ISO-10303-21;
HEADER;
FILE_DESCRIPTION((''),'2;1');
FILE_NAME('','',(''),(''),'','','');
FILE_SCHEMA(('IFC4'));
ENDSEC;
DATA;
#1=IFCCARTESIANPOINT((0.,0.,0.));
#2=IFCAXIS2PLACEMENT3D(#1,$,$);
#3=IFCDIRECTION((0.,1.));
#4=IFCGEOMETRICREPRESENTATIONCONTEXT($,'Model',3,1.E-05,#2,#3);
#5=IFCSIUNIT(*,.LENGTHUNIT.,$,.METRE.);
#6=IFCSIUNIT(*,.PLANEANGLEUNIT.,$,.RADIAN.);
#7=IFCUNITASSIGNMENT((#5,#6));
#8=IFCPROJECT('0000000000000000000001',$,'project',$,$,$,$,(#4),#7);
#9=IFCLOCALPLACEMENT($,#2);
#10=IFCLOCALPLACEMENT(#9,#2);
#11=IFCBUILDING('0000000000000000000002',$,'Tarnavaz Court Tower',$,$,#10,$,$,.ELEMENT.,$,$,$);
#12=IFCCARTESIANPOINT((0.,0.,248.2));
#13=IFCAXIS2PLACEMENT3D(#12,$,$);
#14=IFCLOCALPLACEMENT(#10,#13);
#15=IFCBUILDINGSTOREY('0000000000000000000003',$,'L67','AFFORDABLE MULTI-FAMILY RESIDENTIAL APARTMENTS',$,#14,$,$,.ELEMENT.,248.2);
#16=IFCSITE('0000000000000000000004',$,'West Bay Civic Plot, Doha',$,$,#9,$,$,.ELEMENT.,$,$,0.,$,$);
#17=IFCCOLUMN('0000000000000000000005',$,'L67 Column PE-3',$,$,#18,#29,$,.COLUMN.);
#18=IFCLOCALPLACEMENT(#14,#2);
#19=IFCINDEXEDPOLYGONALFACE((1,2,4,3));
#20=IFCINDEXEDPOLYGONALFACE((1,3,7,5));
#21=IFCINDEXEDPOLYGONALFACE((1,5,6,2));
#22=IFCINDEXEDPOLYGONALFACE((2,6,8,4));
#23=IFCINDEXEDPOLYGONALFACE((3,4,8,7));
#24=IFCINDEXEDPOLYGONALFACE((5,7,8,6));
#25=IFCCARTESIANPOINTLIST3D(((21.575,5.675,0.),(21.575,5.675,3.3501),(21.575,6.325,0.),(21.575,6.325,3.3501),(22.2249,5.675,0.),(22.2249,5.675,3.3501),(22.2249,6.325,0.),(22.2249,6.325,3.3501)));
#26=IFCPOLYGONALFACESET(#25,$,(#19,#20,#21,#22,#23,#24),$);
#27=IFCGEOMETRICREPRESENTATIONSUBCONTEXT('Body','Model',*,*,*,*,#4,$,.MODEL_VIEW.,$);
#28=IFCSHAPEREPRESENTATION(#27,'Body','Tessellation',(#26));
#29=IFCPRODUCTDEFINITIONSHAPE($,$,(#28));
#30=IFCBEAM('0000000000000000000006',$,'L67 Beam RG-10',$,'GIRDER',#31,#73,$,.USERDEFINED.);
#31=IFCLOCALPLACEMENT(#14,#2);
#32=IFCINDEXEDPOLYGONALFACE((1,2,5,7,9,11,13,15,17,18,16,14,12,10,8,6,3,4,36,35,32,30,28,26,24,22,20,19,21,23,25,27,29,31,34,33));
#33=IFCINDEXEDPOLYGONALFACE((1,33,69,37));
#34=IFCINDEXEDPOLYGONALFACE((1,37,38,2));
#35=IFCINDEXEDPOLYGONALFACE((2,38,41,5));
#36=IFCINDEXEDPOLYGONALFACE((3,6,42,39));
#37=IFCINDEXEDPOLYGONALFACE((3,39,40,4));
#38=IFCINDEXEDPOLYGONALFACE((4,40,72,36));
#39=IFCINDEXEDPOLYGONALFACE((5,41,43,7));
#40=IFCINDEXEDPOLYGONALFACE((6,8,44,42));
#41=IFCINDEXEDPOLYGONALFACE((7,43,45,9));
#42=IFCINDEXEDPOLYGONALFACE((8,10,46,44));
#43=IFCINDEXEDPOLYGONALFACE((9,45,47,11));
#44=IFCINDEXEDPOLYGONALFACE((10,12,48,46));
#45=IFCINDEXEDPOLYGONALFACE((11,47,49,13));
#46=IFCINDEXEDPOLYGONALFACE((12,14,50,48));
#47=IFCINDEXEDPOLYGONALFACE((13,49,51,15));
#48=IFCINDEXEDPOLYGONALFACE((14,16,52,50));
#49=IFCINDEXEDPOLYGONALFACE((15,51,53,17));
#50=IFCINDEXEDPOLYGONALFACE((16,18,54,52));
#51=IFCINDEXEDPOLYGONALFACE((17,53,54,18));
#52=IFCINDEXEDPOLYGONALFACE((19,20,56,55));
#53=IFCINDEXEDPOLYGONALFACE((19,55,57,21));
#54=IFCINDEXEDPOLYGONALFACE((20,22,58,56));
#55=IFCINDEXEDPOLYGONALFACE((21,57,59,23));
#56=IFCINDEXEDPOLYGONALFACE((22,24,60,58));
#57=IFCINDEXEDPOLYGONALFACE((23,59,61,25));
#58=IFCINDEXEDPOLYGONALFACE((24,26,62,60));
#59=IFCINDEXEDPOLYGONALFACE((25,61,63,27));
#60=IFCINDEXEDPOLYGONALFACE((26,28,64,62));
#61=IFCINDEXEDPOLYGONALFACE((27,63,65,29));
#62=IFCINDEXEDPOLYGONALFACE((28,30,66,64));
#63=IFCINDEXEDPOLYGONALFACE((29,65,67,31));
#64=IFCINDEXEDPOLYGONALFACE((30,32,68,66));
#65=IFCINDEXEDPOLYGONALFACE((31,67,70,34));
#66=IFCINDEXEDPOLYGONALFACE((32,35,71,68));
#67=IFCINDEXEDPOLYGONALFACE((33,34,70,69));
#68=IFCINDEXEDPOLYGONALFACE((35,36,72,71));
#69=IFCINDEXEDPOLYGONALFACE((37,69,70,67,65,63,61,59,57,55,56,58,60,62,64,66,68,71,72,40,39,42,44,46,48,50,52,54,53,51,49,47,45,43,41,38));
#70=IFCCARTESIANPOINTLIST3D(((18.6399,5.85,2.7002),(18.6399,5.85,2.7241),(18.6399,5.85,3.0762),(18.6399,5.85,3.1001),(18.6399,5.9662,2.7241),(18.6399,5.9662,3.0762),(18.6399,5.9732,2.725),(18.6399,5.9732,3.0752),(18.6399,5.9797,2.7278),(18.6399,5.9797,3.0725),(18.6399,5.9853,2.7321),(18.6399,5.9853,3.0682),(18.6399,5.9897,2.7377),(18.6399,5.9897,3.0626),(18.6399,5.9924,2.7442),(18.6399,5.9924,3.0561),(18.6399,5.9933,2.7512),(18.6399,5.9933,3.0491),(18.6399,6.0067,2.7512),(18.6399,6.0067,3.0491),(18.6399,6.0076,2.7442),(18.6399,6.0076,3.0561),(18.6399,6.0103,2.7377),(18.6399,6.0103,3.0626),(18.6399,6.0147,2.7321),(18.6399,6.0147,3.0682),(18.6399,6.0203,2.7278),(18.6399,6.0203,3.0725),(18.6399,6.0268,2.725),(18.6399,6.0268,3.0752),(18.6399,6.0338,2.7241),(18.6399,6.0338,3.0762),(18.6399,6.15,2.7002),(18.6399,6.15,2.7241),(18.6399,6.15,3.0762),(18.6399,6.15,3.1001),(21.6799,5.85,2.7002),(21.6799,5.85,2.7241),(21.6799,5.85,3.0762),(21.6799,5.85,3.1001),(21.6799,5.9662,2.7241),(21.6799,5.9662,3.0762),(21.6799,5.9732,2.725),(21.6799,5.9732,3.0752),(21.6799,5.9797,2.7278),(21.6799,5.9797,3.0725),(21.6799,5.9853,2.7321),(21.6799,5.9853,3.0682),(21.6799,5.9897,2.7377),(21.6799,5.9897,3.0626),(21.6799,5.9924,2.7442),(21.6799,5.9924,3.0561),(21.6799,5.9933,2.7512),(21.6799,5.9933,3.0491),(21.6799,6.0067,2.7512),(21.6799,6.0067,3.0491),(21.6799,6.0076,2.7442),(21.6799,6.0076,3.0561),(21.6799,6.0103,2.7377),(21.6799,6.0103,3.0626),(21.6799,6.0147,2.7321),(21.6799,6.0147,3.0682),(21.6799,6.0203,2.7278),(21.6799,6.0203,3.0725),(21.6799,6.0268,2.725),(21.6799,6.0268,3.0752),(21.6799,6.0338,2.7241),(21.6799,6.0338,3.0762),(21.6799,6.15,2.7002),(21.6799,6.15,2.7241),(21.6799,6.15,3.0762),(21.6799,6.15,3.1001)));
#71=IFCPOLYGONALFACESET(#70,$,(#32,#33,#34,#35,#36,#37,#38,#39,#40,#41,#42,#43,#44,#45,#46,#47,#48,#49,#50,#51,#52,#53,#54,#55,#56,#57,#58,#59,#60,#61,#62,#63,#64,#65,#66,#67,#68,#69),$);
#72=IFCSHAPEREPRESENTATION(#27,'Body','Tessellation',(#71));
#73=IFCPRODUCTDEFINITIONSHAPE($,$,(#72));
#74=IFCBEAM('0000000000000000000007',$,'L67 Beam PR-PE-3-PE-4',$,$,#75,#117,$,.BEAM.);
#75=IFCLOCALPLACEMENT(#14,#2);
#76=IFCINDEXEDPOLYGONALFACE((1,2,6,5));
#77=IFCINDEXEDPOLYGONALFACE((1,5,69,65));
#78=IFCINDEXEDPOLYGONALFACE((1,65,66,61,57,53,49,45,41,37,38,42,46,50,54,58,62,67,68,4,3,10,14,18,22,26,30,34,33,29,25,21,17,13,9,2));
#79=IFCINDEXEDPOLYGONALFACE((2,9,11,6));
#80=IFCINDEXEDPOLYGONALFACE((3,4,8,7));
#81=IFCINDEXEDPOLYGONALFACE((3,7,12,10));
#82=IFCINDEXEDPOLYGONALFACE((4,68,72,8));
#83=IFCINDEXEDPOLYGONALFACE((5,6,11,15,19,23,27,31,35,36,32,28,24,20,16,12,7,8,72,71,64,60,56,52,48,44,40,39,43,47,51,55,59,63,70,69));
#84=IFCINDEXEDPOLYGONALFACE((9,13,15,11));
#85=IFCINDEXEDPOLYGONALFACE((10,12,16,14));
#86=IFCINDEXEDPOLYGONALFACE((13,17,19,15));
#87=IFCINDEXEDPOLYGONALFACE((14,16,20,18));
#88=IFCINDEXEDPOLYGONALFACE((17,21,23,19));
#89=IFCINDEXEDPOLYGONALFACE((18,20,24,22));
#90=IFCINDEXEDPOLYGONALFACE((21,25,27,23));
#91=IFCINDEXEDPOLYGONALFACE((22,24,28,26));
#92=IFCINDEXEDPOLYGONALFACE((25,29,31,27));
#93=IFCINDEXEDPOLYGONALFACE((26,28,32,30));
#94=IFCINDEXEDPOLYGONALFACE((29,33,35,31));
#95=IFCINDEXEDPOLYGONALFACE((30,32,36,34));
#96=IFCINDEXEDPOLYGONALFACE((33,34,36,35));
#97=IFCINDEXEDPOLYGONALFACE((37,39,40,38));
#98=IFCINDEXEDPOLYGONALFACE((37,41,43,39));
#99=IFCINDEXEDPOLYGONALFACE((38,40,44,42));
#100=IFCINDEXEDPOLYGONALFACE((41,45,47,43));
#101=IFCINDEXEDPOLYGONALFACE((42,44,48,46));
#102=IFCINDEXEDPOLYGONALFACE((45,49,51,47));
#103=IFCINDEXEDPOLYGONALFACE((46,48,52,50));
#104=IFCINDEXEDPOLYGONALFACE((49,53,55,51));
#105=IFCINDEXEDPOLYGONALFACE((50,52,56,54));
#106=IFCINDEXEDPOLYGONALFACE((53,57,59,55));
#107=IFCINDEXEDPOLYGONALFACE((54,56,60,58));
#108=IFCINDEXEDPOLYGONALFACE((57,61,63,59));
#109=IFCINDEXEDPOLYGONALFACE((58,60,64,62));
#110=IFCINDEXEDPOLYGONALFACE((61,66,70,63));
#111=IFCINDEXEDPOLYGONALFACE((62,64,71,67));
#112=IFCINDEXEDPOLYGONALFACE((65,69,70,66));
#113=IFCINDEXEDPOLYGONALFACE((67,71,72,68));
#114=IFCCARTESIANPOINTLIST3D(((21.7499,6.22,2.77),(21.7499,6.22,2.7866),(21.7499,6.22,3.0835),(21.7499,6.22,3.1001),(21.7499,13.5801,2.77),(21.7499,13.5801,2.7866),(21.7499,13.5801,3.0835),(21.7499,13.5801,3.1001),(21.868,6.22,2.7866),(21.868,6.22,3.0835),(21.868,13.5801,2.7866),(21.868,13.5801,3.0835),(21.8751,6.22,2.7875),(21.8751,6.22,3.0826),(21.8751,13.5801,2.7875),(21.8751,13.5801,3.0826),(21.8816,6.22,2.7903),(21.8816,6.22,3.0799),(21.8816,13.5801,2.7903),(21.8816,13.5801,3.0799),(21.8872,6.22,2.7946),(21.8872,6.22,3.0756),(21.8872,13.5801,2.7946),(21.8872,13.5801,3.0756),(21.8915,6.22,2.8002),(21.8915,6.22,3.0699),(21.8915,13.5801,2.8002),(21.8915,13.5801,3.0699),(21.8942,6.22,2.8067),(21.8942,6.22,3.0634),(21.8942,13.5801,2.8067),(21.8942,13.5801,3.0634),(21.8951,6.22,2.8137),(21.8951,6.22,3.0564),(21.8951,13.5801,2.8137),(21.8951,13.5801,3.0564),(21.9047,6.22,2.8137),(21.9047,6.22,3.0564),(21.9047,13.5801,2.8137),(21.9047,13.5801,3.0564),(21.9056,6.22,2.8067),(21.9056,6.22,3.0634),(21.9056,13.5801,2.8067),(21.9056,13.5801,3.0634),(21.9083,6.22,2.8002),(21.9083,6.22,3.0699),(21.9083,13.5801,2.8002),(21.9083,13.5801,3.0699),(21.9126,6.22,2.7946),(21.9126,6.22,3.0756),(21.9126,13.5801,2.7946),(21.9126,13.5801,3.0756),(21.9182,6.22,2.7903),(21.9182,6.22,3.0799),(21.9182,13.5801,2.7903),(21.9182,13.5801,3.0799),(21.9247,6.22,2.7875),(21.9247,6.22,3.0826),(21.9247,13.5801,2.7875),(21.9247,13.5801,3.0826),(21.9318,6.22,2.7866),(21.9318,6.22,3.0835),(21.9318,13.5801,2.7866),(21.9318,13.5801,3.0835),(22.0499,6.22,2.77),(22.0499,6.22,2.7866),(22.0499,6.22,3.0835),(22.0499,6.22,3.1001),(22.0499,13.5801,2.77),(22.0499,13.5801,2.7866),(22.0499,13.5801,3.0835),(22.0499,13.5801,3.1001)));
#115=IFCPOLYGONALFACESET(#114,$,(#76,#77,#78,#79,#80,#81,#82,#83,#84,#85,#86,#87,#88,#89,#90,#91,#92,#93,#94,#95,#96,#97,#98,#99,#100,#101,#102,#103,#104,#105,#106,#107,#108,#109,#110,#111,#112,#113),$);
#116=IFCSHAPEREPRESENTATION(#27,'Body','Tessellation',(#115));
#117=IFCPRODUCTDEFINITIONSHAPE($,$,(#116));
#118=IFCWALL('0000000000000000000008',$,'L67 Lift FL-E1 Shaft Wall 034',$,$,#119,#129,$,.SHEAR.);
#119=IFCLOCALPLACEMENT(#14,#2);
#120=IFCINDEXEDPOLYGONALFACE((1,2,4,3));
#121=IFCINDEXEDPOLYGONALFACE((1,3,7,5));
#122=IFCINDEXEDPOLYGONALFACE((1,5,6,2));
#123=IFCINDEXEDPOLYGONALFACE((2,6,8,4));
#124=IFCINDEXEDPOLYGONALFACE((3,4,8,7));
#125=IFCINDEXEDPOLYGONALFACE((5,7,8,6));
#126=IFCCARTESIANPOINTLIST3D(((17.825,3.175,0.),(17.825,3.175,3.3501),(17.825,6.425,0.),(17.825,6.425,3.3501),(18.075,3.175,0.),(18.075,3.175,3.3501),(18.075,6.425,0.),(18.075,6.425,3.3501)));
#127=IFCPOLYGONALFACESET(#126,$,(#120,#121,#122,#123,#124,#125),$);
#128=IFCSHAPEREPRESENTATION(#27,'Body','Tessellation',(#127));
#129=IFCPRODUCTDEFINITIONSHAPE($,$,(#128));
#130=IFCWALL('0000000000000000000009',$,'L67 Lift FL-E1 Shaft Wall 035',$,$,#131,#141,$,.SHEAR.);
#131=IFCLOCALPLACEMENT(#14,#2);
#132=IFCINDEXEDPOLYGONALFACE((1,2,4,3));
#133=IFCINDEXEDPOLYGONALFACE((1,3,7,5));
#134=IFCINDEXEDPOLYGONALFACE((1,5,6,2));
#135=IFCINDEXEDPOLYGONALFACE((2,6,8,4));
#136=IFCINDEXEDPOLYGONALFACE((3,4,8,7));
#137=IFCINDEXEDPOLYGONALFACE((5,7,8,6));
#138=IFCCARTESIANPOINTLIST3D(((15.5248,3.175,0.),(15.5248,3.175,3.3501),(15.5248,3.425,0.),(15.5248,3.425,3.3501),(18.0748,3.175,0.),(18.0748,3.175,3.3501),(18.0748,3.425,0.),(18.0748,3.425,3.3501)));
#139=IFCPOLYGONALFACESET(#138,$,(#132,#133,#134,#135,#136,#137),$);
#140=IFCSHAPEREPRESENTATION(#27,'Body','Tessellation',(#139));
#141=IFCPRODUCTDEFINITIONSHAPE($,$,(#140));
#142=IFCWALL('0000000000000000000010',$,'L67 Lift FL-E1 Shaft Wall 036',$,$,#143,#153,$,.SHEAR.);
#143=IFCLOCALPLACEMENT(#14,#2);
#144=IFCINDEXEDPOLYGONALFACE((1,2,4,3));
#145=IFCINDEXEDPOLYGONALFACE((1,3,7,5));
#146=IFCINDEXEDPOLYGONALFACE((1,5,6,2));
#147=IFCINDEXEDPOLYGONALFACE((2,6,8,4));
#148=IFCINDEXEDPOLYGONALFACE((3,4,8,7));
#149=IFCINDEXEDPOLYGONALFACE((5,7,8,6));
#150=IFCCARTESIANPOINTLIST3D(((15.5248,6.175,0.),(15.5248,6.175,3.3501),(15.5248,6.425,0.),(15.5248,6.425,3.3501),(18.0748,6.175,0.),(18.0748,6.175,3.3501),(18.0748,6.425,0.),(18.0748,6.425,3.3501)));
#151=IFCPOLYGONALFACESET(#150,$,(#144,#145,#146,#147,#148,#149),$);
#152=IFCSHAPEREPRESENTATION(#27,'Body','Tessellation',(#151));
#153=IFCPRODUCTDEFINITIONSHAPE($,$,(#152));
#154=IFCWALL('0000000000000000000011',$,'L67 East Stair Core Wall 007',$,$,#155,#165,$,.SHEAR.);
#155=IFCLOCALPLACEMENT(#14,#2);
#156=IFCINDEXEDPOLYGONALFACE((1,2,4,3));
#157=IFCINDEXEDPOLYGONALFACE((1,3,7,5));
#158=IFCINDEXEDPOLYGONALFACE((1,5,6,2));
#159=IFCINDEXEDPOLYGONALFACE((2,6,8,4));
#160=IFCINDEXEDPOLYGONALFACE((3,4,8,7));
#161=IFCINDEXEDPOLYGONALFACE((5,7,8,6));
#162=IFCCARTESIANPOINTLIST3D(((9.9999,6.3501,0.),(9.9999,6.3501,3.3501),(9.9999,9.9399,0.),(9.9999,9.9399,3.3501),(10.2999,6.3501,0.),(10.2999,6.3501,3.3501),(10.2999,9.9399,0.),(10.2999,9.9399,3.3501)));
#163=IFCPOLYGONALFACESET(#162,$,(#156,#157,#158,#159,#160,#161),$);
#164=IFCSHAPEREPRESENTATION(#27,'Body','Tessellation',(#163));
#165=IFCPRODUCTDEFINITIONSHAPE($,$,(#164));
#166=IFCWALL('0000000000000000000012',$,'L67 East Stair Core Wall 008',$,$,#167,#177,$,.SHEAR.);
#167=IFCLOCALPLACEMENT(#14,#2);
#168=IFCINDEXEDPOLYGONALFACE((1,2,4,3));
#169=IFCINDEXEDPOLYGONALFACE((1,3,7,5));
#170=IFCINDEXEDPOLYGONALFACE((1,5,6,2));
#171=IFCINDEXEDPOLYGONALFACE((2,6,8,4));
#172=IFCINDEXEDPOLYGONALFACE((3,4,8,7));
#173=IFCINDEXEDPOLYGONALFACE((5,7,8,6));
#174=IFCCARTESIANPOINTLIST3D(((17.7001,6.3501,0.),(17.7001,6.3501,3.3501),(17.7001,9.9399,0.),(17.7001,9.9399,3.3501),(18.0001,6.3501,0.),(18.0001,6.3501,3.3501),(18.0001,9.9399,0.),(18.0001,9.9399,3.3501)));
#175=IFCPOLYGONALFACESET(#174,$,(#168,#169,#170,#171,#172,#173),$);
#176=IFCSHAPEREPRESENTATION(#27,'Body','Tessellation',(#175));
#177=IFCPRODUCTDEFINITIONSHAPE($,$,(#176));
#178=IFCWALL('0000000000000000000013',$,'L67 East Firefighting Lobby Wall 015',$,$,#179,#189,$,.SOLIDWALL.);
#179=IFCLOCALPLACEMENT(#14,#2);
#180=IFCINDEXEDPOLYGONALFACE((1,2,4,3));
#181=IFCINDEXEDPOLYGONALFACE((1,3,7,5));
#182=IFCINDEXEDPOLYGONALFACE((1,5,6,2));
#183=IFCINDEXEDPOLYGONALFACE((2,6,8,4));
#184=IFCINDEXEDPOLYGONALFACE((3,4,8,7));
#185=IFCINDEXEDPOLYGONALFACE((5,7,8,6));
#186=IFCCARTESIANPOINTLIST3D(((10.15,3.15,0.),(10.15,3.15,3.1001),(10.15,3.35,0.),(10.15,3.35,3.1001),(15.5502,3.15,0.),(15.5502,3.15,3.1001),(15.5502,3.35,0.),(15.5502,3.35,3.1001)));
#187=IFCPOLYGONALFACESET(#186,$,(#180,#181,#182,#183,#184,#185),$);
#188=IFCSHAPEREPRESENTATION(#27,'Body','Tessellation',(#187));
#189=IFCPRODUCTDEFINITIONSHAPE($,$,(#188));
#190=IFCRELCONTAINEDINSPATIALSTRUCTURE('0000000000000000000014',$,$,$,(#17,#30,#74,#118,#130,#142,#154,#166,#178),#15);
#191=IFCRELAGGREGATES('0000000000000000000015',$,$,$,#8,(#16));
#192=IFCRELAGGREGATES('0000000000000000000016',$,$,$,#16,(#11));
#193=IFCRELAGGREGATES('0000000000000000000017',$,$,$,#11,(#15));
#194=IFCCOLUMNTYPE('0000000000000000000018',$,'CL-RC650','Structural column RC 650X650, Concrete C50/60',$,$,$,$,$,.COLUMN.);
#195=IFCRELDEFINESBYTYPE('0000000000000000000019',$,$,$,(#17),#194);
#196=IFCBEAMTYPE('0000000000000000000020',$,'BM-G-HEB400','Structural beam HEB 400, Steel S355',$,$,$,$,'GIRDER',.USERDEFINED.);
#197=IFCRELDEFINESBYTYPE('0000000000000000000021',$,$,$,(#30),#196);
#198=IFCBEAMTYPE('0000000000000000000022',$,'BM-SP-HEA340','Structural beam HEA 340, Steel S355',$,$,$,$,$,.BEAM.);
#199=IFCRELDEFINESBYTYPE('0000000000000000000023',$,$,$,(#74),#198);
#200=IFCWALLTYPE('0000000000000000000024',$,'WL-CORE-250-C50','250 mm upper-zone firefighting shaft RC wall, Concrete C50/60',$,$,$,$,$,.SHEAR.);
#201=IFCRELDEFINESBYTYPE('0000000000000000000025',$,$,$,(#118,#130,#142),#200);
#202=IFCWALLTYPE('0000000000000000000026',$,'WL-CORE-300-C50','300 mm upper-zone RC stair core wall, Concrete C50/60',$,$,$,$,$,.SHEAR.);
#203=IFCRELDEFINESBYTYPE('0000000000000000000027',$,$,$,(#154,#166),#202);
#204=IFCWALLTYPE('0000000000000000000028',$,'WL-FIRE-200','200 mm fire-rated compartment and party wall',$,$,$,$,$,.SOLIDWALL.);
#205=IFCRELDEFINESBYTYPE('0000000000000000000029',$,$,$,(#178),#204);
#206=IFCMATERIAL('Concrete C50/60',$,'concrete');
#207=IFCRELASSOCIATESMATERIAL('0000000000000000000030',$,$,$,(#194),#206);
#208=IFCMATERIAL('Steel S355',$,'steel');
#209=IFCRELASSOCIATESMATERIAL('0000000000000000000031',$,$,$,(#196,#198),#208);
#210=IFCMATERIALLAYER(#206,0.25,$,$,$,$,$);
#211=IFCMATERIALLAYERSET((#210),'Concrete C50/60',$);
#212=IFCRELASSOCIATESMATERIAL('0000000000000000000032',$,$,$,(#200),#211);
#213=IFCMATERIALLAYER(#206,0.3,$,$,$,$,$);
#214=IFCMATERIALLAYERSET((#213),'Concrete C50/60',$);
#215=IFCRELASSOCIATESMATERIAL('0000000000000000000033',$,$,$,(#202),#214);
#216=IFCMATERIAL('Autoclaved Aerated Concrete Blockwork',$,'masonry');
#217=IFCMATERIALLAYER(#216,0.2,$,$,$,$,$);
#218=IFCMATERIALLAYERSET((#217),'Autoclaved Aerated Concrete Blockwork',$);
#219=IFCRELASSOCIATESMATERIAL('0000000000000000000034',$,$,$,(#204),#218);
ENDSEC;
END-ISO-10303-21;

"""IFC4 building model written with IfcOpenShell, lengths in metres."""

from ifc_helpers import new_model, si_unit, direction, frame, frame_2d, origin, origin_2d, place, context, subcontext, project, spatial, rectangle, i_section, extrude, material, layer, layer_set, material_profile, profile_set, type_object, element, save


model = new_model("IFC4")

# Units and contexts
model_context = context("Model", 3, precision=1e-05, world=origin(), true_north=direction((0.0, 1.0)))
body_context = subcontext(model_context, "Body", "Model", "MODEL_VIEW")
ifc_project = project(units=[si_unit("LENGTHUNIT", "METRE"), si_unit("PLANEANGLEUNIT", "RADIAN")], contexts=[model_context])

# Site, building, storey
site_placement = place(None, origin())
site = spatial("IfcSite", under=ifc_project, at=site_placement, Name="West Bay Civic Plot, Doha", CompositionType="ELEMENT", RefElevation=0.0)
building_placement = place(site_placement, origin())
building = spatial("IfcBuilding", under=site, at=building_placement, Name="Tarnavaz Court Tower", CompositionType="ELEMENT")
storey_placement = place(building_placement, frame((0.0, 0.0, 248.2)))
storey = spatial("IfcBuildingStorey", under=building, at=storey_placement, Name="L67", Description="AFFORDABLE MULTI-FAMILY RESIDENTIAL APARTMENTS", CompositionType="ELEMENT", Elevation=248.2)

# Column
ifc_material_1 = material(Name="Concrete C50/60", Category="concrete")
ifc_material_profile_1 = material_profile(ifc_material_1, rectangle(XDim=0.6499, YDim=0.6499, at=origin_2d()), Name="RC 650X650")
ifc_profile_set_1 = profile_set([ifc_material_profile_1], Name="Concrete C50/60")
column_type = type_object("IfcColumnType", Name="CL-RC650", Description="Structural column RC 650X650, Concrete C50/60", PredefinedType="COLUMN", material=ifc_profile_set_1)
column_placement = place(storey_placement, frame((21.8999, 6.0, 0.0), z_axis=(0.0, 0.0, 1.0), x_axis=(1.0, 0.0, 0.0)))
element("IfcColumn", 1, at=column_placement, inside=storey, type_object=column_type, Name="L67 Column PE-3", PredefinedType="COLUMN", context=body_context, shape_type="SweptSolid", body=[
    extrude(rectangle(XDim=0.6499, YDim=0.6499, at=origin_2d()), origin(), (0.0, 0.0, 1.0), 3.3501),
])

# Beams
ifc_material_2 = material(Name="Steel S355", Category="steel")
ifc_material_profile_2 = material_profile(ifc_material_2, i_section(OverallWidth=0.3, OverallDepth=0.3999, WebThickness=0.0134, FlangeThickness=0.0239, FilletRadius=0.0271, at=origin_2d()), Name="HEB 400")
ifc_profile_set_2 = profile_set([ifc_material_profile_2], Name="Steel S355")
beam_type_1 = type_object("IfcBeamType", Name="BM-G-HEB400", Description="Structural beam HEB 400, Steel S355", ElementType="GIRDER", PredefinedType="USERDEFINED", material=ifc_profile_set_2)
beam_1_placement = place(storey_placement, frame((18.6399, 6.0, 2.9001), z_axis=(1.0, 0.0, 0.0), x_axis=(0.0, 1.0, 0.0)))
element("IfcBeam", 2, at=beam_1_placement, inside=storey, type_object=beam_type_1, Name="L67 Beam RG-10", ObjectType="GIRDER", PredefinedType="USERDEFINED", context=body_context, shape_type="SweptSolid", body=[
    extrude(i_section(OverallWidth=0.3, OverallDepth=0.3999, WebThickness=0.0134, FlangeThickness=0.0239, FilletRadius=0.0271, at=origin_2d()), origin(), (0.0, 0.0, 1.0), 3.04),
])
ifc_material_profile_3 = material_profile(ifc_material_2, i_section(OverallWidth=0.3, OverallDepth=0.3301, WebThickness=0.0095, FlangeThickness=0.0166, FilletRadius=0.0271, at=origin_2d()), Name="HEA 340")
ifc_profile_set_3 = profile_set([ifc_material_profile_3], Name="Steel S355")
beam_type_2 = type_object("IfcBeamType", Name="BM-SP-HEA340", Description="Structural beam HEA 340, Steel S355", PredefinedType="BEAM", material=ifc_profile_set_3)
beam_2_placement = place(storey_placement, frame((21.8999, 6.22, 2.9351), z_axis=(0.0, 1.0, 0.0), x_axis=(-1.0, 0.0, 0.0)))
element("IfcBeam", 3, at=beam_2_placement, inside=storey, type_object=beam_type_2, Name="L67 Beam PR-PE-3-PE-4", PredefinedType="BEAM", context=body_context, shape_type="SweptSolid", body=[
    extrude(i_section(OverallWidth=0.3, OverallDepth=0.3301, WebThickness=0.0095, FlangeThickness=0.0166, FilletRadius=0.0271, at=origin_2d()), origin(), (0.0, 0.0, 1.0), 7.3601),
])

# Shared definitions
ifc_layer_1 = layer(ifc_material_1, 0.25)
ifc_layer_set_1 = layer_set([ifc_layer_1], Name="Concrete C50/60")
wall_type_1 = type_object("IfcWallType", Name="WL-CORE-250-C50", Description="250 mm upper-zone firefighting shaft RC wall, Concrete C50/60", PredefinedType="SHEAR", material=ifc_layer_set_1)

# Walls
wall_1_placement = place(storey_placement, frame((17.95, 3.175, 0.0), z_axis=(0.0, 0.0, 1.0), x_axis=(0.0, 1.0, 0.0)))
element("IfcWall", 4, at=wall_1_placement, inside=storey, type_object=wall_type_1, Name="L67 Lift FL-E1 Shaft Wall 034", PredefinedType="SHEAR", context=body_context, shape_type="SweptSolid", body=[
    extrude(rectangle(XDim=3.25, YDim=0.25, at=frame_2d((1.625, 0.0))), origin(), (0.0, 0.0, 1.0), 3.3501),
])
for number, where, z_axis, x_axis, name in (
    (5, (15.5249, 3.3, 0.0), (0.0, 0.0, 1.0), (1.0, 0.0, 0.0), "L67 Lift FL-E1 Shaft Wall 035"),
    (6, (15.5249, 6.3, 0.0), (0.0, 0.0, 1.0), (1.0, 0.0, 0.0), "L67 Lift FL-E1 Shaft Wall 036"),
):
    element("IfcWall", number, at=place(storey_placement, frame(where, z_axis=z_axis, x_axis=x_axis)), inside=storey, type_object=wall_type_1, Name=name, PredefinedType="SHEAR", context=body_context, shape_type="SweptSolid", body=[
        extrude(rectangle(XDim=2.55, YDim=0.25, at=frame_2d((1.2749, 0.0))), origin(), (0.0, 0.0, 1.0), 3.3501),
    ])
ifc_layer_2 = layer(ifc_material_1, 0.3)
ifc_layer_set_2 = layer_set([ifc_layer_2], Name="Concrete C50/60")
wall_type_2 = type_object("IfcWallType", Name="WL-CORE-300-C50", Description="300 mm upper-zone RC stair core wall, Concrete C50/60", PredefinedType="SHEAR", material=ifc_layer_set_2)
for number, where, z_axis, x_axis, name in (
    (7, (10.1499, 6.3501, 0.0), (0.0, 0.0, 1.0), (0.0, 1.0, 0.0), "L67 East Stair Core Wall 007"),
    (8, (17.8501, 6.3501, 0.0), (0.0, 0.0, 1.0), (0.0, 1.0, 0.0), "L67 East Stair Core Wall 008"),
):
    element("IfcWall", number, at=place(storey_placement, frame(where, z_axis=z_axis, x_axis=x_axis)), inside=storey, type_object=wall_type_2, Name=name, PredefinedType="SHEAR", context=body_context, shape_type="SweptSolid", body=[
        extrude(rectangle(XDim=3.5898, YDim=0.3, at=frame_2d((1.7949, 0.0))), origin(), (0.0, 0.0, 1.0), 3.3501),
    ])
ifc_material_3 = material(Name="Autoclaved Aerated Concrete Blockwork", Category="masonry")
ifc_layer_3 = layer(ifc_material_3, 0.2)
ifc_layer_set_3 = layer_set([ifc_layer_3], Name="Autoclaved Aerated Concrete Blockwork")
wall_type_3 = type_object("IfcWallType", Name="WL-FIRE-200", Description="200 mm fire-rated compartment and party wall", PredefinedType="SOLIDWALL", material=ifc_layer_set_3)
wall_2_placement = place(storey_placement, frame((10.1499, 3.25, 0.0), z_axis=(0.0, 0.0, 1.0), x_axis=(1.0, 0.0, 0.0)))
element("IfcWall", 9, at=wall_2_placement, inside=storey, type_object=wall_type_3, Name="L67 East Firefighting Lobby Wall 015", PredefinedType="SOLIDWALL", context=body_context, shape_type="SweptSolid", body=[
    extrude(rectangle(XDim=5.4001, YDim=0.2, at=frame_2d((2.7002, 0.0))), origin(), (0.0, 0.0, 1.0), 3.1001),
])

save(model, "model.ifc")
